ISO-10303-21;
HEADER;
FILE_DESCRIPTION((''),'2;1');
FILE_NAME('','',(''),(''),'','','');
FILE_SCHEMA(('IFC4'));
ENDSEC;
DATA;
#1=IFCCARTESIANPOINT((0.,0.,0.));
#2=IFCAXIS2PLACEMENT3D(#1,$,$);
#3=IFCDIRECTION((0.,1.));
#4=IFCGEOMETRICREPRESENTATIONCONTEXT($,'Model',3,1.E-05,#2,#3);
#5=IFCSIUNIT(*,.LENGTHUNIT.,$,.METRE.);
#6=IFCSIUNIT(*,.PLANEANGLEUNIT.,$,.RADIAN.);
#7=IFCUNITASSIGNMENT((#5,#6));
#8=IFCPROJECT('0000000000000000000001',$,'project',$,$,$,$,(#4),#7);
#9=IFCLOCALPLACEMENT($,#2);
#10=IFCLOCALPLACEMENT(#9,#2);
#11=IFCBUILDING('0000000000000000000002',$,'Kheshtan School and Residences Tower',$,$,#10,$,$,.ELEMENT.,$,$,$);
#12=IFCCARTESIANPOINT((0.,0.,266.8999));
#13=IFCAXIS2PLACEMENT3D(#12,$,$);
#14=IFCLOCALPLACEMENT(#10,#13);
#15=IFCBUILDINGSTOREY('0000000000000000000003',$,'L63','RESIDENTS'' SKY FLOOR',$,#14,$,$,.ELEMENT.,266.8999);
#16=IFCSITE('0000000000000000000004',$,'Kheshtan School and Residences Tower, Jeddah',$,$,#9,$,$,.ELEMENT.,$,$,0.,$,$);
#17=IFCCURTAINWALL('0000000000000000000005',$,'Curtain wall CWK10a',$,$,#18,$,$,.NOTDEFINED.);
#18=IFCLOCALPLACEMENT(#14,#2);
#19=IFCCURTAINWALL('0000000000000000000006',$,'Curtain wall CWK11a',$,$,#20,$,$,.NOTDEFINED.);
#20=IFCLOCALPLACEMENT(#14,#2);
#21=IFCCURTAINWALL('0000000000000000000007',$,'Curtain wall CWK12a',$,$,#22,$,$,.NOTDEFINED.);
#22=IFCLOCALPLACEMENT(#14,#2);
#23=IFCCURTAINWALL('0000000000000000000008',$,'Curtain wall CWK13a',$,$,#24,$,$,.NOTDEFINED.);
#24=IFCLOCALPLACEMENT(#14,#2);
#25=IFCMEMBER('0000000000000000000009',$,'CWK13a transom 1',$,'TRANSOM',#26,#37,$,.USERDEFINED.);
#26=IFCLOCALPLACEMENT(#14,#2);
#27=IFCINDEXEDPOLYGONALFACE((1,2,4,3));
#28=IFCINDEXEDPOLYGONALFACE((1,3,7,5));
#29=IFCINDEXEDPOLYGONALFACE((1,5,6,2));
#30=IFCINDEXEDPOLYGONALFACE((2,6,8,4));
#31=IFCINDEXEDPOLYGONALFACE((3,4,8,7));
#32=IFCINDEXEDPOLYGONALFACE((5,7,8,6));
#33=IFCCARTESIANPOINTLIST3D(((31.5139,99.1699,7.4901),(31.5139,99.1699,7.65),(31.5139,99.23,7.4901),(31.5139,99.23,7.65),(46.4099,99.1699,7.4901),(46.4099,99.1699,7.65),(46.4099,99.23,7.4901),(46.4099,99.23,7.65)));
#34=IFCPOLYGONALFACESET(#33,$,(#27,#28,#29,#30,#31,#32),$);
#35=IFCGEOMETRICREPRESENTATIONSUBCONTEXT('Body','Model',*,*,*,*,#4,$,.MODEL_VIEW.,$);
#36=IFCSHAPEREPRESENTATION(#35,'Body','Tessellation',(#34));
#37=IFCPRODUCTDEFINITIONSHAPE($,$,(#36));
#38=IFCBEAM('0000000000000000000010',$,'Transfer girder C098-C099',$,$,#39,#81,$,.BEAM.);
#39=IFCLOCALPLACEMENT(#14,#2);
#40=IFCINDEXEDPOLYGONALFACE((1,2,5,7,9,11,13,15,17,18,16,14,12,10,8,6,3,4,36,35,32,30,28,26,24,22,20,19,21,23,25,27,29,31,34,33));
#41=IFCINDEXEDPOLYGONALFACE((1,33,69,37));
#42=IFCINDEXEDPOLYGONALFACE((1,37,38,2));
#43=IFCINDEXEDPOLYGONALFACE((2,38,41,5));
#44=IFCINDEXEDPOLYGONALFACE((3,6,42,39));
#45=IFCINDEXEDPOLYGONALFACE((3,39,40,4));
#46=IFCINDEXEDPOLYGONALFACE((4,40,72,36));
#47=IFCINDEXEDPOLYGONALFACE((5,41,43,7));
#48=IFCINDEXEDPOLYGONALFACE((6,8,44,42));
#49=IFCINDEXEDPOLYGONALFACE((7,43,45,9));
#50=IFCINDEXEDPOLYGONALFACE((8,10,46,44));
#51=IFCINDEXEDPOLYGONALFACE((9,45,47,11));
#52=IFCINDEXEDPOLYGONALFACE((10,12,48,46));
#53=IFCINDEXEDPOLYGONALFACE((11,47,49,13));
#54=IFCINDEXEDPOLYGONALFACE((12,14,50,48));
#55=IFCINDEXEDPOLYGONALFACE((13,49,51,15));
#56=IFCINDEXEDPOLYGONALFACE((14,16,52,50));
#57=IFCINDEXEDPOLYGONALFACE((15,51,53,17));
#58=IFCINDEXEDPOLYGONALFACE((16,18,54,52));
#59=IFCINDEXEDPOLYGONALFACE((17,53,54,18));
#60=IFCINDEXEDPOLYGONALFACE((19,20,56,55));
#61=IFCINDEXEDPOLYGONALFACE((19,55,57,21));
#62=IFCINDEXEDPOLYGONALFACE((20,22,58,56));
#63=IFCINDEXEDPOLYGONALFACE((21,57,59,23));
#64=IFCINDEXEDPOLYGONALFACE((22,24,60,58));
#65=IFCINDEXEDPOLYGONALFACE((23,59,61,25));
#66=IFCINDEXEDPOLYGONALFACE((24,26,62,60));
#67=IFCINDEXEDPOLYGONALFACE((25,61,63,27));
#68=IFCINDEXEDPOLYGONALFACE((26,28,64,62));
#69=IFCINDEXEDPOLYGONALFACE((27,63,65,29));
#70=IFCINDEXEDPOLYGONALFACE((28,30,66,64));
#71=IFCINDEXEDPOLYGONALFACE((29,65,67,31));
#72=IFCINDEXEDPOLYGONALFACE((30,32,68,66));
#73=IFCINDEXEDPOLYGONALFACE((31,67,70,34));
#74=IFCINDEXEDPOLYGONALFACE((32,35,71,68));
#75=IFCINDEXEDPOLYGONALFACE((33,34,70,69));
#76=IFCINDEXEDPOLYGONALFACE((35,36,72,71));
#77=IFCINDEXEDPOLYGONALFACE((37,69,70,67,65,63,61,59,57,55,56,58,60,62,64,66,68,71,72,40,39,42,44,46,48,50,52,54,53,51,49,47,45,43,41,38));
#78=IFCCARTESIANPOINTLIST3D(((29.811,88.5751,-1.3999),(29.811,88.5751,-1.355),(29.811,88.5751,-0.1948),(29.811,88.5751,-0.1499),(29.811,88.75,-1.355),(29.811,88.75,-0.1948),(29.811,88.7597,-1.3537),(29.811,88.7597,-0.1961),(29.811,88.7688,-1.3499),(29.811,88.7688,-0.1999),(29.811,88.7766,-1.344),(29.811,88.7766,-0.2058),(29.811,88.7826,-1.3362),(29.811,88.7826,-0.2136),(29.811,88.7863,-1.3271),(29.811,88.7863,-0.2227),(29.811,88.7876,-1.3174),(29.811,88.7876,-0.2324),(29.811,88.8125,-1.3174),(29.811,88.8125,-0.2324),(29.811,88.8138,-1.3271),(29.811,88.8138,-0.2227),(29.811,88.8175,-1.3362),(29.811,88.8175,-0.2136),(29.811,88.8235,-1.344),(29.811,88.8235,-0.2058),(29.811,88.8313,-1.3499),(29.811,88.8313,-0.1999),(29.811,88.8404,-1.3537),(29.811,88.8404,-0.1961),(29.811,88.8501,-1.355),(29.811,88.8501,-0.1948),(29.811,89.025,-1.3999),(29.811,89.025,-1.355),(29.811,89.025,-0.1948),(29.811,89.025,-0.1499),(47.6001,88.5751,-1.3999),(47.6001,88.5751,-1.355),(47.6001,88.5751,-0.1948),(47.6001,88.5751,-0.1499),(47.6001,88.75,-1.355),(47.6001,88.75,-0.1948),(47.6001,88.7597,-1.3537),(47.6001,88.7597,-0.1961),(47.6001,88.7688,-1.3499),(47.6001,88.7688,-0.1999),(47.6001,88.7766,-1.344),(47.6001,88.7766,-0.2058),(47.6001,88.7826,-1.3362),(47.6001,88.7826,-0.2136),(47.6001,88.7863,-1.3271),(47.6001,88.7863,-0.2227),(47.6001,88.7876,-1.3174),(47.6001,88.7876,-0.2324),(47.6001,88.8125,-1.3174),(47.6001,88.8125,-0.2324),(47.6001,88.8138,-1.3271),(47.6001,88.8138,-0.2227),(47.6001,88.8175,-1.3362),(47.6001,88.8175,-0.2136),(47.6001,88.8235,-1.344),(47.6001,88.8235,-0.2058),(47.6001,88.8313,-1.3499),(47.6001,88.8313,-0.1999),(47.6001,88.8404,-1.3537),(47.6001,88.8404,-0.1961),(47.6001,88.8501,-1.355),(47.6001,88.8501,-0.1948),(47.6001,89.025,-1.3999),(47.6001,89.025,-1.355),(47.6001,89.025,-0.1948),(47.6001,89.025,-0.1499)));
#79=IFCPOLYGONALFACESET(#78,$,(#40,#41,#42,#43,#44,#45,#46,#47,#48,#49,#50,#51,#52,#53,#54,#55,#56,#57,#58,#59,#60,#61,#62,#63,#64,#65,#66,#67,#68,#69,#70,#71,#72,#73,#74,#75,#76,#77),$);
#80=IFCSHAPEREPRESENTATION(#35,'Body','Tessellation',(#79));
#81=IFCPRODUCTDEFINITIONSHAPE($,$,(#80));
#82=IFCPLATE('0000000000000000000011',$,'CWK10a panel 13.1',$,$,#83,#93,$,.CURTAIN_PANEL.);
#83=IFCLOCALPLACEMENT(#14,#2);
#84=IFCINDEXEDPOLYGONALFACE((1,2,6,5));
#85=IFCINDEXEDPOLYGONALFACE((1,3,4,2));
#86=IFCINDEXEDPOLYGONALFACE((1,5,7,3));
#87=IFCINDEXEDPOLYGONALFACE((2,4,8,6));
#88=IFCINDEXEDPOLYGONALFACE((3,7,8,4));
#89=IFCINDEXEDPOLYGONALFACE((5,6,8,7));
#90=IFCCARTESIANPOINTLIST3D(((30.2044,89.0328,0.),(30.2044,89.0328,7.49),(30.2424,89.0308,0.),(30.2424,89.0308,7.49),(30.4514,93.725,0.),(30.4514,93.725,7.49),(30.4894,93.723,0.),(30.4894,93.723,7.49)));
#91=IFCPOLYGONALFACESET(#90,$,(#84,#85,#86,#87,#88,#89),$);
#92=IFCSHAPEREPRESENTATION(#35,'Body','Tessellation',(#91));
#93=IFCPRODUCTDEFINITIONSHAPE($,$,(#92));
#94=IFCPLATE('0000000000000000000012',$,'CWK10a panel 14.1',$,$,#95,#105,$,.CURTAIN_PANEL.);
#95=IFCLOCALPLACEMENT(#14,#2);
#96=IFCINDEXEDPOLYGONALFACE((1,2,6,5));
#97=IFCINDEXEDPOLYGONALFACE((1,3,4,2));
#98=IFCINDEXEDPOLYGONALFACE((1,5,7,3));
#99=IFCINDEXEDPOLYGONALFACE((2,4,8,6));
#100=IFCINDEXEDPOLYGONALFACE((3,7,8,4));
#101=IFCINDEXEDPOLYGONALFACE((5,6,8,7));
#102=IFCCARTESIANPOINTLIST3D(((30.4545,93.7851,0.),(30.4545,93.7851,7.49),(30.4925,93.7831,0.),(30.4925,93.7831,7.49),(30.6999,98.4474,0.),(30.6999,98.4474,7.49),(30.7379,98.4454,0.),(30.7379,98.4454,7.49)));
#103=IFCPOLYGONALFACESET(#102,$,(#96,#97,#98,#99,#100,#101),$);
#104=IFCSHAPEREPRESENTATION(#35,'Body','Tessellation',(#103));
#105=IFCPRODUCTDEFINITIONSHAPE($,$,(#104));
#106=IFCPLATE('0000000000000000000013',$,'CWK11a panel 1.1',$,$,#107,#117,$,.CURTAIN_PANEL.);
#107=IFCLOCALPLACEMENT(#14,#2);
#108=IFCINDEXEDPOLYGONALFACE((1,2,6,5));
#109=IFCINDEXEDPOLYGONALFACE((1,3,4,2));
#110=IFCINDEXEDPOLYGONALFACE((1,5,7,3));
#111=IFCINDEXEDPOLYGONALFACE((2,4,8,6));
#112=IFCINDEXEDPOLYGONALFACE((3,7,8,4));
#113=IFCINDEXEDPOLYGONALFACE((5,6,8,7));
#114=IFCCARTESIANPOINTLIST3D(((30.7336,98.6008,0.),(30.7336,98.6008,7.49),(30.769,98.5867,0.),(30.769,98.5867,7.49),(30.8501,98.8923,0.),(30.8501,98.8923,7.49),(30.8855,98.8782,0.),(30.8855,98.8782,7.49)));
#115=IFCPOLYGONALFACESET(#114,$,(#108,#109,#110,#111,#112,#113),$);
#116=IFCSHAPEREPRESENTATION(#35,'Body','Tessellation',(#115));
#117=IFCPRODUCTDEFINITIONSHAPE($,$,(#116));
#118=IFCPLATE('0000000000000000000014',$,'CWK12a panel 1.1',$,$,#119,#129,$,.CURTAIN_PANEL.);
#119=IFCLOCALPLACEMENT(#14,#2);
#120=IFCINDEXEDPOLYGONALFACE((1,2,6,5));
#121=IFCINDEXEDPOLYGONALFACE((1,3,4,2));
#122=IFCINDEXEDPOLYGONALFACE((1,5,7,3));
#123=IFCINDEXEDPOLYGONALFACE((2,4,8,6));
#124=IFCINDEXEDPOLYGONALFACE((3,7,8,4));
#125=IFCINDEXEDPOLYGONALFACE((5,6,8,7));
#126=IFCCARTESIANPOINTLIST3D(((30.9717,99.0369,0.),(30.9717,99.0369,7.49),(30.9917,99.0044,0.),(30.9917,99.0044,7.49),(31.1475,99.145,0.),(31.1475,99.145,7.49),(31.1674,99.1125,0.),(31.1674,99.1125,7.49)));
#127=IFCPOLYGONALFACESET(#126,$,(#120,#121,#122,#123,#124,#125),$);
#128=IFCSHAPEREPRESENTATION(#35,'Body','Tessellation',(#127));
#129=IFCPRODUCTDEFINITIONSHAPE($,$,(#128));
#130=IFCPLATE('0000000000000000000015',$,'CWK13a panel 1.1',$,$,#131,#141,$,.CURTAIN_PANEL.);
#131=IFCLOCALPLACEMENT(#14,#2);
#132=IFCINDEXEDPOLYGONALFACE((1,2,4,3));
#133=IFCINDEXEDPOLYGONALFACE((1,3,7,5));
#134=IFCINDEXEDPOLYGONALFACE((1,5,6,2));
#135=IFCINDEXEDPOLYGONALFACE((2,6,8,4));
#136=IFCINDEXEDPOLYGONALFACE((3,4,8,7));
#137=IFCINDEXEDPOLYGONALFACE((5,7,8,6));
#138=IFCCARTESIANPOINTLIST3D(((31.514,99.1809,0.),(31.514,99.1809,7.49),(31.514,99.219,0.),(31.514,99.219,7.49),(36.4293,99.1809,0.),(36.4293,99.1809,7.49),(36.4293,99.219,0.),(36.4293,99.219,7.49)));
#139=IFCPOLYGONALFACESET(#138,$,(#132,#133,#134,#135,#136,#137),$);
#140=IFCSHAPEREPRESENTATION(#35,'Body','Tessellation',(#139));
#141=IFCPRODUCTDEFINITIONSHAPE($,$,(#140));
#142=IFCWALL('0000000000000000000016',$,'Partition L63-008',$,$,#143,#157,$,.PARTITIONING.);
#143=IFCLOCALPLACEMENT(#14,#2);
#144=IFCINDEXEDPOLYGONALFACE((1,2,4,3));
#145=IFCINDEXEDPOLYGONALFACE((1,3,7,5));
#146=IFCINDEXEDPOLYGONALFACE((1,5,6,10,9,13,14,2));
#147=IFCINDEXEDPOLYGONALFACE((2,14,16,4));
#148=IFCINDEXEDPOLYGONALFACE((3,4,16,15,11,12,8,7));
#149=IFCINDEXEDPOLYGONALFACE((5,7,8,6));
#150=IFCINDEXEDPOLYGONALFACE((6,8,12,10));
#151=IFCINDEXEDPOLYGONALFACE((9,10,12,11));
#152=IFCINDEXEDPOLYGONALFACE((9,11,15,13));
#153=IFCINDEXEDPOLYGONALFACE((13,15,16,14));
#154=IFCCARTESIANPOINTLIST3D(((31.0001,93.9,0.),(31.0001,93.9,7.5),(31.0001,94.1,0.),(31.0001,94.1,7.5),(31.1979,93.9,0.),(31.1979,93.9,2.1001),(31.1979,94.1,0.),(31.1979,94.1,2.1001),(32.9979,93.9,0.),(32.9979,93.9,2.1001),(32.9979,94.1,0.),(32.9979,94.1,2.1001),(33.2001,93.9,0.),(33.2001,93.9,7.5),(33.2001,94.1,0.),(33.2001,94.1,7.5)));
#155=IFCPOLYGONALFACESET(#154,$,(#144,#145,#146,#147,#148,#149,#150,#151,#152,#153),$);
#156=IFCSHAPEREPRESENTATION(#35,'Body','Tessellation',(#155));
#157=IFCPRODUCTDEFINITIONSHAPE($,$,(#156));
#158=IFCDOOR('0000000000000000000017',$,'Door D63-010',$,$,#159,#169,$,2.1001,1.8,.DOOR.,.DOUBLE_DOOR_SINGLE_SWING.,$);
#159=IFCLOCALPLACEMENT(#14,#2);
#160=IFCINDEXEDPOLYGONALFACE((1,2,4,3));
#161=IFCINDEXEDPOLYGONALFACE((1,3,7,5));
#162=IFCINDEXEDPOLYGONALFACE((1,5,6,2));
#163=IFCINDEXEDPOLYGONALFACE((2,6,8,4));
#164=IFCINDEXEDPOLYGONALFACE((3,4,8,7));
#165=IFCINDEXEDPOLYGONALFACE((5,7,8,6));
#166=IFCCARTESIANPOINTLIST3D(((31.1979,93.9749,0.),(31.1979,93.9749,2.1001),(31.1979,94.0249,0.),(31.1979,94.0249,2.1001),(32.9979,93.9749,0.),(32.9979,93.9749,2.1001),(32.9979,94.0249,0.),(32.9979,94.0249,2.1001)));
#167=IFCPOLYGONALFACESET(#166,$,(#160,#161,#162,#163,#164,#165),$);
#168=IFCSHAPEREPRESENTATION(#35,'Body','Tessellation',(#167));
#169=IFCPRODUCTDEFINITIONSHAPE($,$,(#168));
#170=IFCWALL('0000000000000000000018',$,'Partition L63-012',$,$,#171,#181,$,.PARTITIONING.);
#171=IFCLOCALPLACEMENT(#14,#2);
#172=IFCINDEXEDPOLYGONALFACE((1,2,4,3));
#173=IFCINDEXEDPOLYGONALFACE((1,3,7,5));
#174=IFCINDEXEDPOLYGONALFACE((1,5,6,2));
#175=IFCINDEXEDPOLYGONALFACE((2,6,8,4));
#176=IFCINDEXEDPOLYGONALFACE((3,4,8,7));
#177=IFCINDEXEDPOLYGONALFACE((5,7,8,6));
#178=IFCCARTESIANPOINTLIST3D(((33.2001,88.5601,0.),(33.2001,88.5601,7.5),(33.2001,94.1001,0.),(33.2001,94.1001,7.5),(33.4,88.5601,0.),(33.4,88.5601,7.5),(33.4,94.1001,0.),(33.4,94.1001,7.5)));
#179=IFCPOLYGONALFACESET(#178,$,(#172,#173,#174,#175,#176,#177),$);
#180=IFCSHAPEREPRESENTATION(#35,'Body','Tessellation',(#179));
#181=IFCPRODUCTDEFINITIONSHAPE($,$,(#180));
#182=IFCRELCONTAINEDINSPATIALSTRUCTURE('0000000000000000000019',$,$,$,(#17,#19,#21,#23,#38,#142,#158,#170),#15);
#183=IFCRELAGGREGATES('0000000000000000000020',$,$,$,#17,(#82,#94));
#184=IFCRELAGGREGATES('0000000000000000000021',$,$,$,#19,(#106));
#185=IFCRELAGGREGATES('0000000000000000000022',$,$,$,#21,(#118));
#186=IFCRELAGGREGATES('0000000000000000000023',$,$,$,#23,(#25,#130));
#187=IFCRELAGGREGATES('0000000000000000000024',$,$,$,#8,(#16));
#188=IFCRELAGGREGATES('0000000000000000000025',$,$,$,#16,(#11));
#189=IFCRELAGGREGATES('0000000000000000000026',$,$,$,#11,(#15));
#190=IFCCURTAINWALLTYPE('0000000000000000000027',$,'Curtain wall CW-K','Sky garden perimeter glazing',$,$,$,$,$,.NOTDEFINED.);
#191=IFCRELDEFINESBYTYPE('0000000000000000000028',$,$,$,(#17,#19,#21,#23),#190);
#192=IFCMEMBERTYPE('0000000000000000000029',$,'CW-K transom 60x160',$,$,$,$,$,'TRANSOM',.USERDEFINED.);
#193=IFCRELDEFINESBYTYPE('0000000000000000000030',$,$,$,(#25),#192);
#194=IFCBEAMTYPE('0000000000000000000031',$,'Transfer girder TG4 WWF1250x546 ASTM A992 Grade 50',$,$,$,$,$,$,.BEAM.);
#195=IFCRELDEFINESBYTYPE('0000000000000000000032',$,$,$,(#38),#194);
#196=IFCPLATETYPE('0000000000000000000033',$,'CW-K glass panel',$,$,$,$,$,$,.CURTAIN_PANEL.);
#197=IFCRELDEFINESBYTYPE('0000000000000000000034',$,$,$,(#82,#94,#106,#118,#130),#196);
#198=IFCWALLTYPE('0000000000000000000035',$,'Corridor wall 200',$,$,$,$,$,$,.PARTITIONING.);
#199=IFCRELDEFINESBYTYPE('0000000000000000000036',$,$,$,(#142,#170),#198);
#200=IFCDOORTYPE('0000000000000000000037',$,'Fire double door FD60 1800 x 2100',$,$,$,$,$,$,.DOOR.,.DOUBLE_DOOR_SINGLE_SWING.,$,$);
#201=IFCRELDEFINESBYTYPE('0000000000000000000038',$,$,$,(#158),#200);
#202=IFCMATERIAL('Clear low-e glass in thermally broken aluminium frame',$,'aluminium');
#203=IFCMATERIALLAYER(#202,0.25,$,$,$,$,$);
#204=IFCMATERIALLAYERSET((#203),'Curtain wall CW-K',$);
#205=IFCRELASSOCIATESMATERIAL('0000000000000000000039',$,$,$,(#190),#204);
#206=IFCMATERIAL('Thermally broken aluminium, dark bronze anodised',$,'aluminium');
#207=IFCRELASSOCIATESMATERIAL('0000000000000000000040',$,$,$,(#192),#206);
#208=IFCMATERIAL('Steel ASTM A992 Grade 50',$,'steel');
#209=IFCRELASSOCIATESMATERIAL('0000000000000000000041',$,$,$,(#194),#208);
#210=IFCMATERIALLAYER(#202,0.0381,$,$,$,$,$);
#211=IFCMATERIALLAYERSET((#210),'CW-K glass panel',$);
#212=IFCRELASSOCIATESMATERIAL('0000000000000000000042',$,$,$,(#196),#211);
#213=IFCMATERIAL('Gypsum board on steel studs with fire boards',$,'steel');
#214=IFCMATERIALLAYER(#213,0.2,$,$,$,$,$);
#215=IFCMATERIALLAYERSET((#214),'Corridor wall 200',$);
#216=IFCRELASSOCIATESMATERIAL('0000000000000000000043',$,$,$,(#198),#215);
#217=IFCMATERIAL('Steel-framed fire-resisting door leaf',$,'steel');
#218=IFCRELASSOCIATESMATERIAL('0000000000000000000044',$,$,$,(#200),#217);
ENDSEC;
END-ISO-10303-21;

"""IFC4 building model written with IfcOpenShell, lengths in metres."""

from ifc_helpers import new_model, si_unit, direction, frame, frame_2d, origin, origin_2d, place, context, subcontext, project, spatial, rectangle, i_section, extrude, source, transform, mapped, material, layer, layer_set, material_profile, profile_set, type_object, element, fill, aggregate, save


model = new_model("IFC4")

# Units and contexts
model_context = context("Model", 3, precision=1e-05, world=origin(), true_north=direction((0.0, 1.0)))
body_context = subcontext(model_context, "Body", "Model", "MODEL_VIEW")
ifc_project = project(units=[si_unit("LENGTHUNIT", "METRE"), si_unit("PLANEANGLEUNIT", "RADIAN")], contexts=[model_context])

# Site, building, storey
site_placement = place(None, origin())
site = spatial("IfcSite", under=ifc_project, at=site_placement, Name="Kheshtan School and Residences Tower, Jeddah", CompositionType="ELEMENT", RefElevation=0.0)
building_placement = place(site_placement, origin())
building = spatial("IfcBuilding", under=site, at=building_placement, Name="Kheshtan School and Residences Tower", CompositionType="ELEMENT")
storey_placement = place(building_placement, frame((0.0, 0.0, 266.8999)))
storey = spatial("IfcBuildingStorey", under=building, at=storey_placement, Name="L63", Description="RESIDENTS' SKY FLOOR", CompositionType="ELEMENT", Elevation=266.8999)

# Shared definitions
ifc_material_1 = material(Name="Steel ASTM A992 Grade 50", Category="steel")

# Curtain walls
ifc_material_2 = material(Name="Clear low-e glass in thermally broken aluminium frame", Category="aluminium")
ifc_layer_1 = layer(ifc_material_2, 0.25)
ifc_layer_set_1 = layer_set([ifc_layer_1], Name="Curtain wall CW-K")
curtain_wall_type = type_object("IfcCurtainWallType", Name="Curtain wall CW-K", Description="Sky garden perimeter glazing", PredefinedType="NOTDEFINED", material=ifc_layer_set_1)
curtain_wall_1_placement = place(storey_placement, origin())
curtain_wall_1 = element("IfcCurtainWall", 1, at=curtain_wall_1_placement, inside=storey, type_object=curtain_wall_type, Name="Curtain wall CWK10a", PredefinedType="NOTDEFINED")
ifc_material_3 = material(Name="Thermally broken aluminium, dark bronze anodised", Category="aluminium")
curtain_wall_2_placement = place(storey_placement, origin())
curtain_wall_2 = element("IfcCurtainWall", 2, at=curtain_wall_2_placement, inside=storey, type_object=curtain_wall_type, Name="Curtain wall CWK11a", PredefinedType="NOTDEFINED")
curtain_wall_3_placement = place(storey_placement, origin())
curtain_wall_3 = element("IfcCurtainWall", 3, at=curtain_wall_3_placement, inside=storey, type_object=curtain_wall_type, Name="Curtain wall CWK12a", PredefinedType="NOTDEFINED")
curtain_wall_4_placement = place(storey_placement, origin())
curtain_wall_4 = element("IfcCurtainWall", 4, at=curtain_wall_4_placement, inside=storey, type_object=curtain_wall_type, Name="Curtain wall CWK13a", PredefinedType="NOTDEFINED")

# Member
ifc_material_profile_1 = material_profile(ifc_material_3, rectangle(XDim=0.0601, YDim=0.1599, at=origin_2d()), Name="CW-K transom 60x160")
ifc_profile_set_1 = profile_set([ifc_material_profile_1], Name="Thermally broken aluminium, dark bronze anodised")
member_type_1 = type_object("IfcMemberType", Name="CW-K transom 60x160", ElementType="TRANSOM", PredefinedType="USERDEFINED", material=ifc_profile_set_1)
member_1_placement = place(storey_placement, frame((31.5139, 99.2, 7.5701), z_axis=(1.0, 0.0, 0.0), x_axis=(0.0, 1.0, 0.0)))
member_1 = element("IfcMember", 5, at=member_1_placement, type_object=member_type_1, Name="CWK13a transom 1", ObjectType="TRANSOM", PredefinedType="USERDEFINED", context=body_context, shape_type="SweptSolid", body=[
    extrude(rectangle(XDim=0.0601, YDim=0.1599, at=origin_2d()), origin(), (0.0, 0.0, 1.0), 14.896),
])

# Beam
ifc_material_profile_2 = material_profile(ifc_material_1, i_section(OverallWidth=0.45, OverallDepth=1.25, WebThickness=0.0249, FlangeThickness=0.0449, FilletRadius=0.0376, at=origin_2d()), Name="WWF1250x546")
ifc_profile_set_2 = profile_set([ifc_material_profile_2], Name="Steel ASTM A992 Grade 50")
beam_type = type_object("IfcBeamType", Name="Transfer girder TG4 WWF1250x546 ASTM A992 Grade 50", PredefinedType="BEAM", material=ifc_profile_set_2)
beam_placement = place(storey_placement, frame((29.811, 88.8, -0.7749), z_axis=(1.0, 0.0, 0.0), x_axis=(0.0, 1.0, 0.0)))
element("IfcBeam", 6, at=beam_placement, inside=storey, type_object=beam_type, Name="Transfer girder C098-C099", PredefinedType="BEAM", context=body_context, shape_type="SweptSolid", body=[
    extrude(i_section(OverallWidth=0.45, OverallDepth=1.25, WebThickness=0.0249, FlangeThickness=0.0449, FilletRadius=0.0376, at=origin_2d()), origin(), (0.0, 0.0, 1.0), 17.7891),
])

# Plates
ifc_layer_2 = layer(ifc_material_2, 0.0381)
ifc_layer_set_2 = layer_set([ifc_layer_2], Name="CW-K glass panel")
plate_type = type_object("IfcPlateType", Name="CW-K glass panel", PredefinedType="CURTAIN_PANEL", material=ifc_layer_set_2)
plate_1_placement = place(storey_placement, frame((30.3469, 91.3779, 0.0), z_axis=(0.0, 0.0, 1.0), x_axis=(0.052565, 0.998617, 0.0)))
plate_1 = element("IfcPlate", 7, at=plate_1_placement, type_object=plate_type, Name="CWK10a panel 13.1", PredefinedType="CURTAIN_PANEL", context=body_context, shape_type="SweptSolid", body=[
    extrude(rectangle(XDim=4.6987, YDim=0.0381, at=origin_2d()), origin(), (0.0, 0.0, 1.0), 7.49),
])
plate_2_placement = place(storey_placement, frame((30.5962, 96.1152, 0.0), z_axis=(0.0, 0.0, 1.0), x_axis=(0.052565, 0.998617, 0.0)))
plate_2 = element("IfcPlate", 8, at=plate_2_placement, type_object=plate_type, Name="CWK10a panel 14.1", PredefinedType="CURTAIN_PANEL", context=body_context, shape_type="SweptSolid", body=[
    extrude(rectangle(XDim=4.6687, YDim=0.0381, at=origin_2d()), origin(), (0.0, 0.0, 1.0), 7.49),
])
aggregate(curtain_wall_1, [plate_1, plate_2])
plate_3_placement = place(storey_placement, frame((30.8096, 98.7395, 0.0), z_axis=(0.0, 0.0, 1.0), x_axis=(0.370993, 0.928636, 0.0)))
plate_3 = element("IfcPlate", 9, at=plate_3_placement, type_object=plate_type, Name="CWK11a panel 1.1", PredefinedType="CURTAIN_PANEL", context=body_context, shape_type="SweptSolid", body=[
    extrude(rectangle(XDim=0.314, YDim=0.0381, at=origin_2d()), origin(), (0.0, 0.0, 1.0), 7.49),
])
aggregate(curtain_wall_2, [plate_3])
plate_4_placement = place(storey_placement, frame((31.0696, 99.0747, 0.0), z_axis=(0.0, 0.0, 1.0), x_axis=(0.851763, 0.523926, 0.0)))
plate_4 = element("IfcPlate", 10, at=plate_4_placement, type_object=plate_type, Name="CWK12a panel 1.1", PredefinedType="CURTAIN_PANEL", context=body_context, shape_type="SweptSolid", body=[
    extrude(rectangle(XDim=0.2063, YDim=0.0381, at=origin_2d()), origin(), (0.0, 0.0, 1.0), 7.49),
])
aggregate(curtain_wall_3, [plate_4])
plate_5_placement = place(storey_placement, frame((33.9717, 99.2, 0.0), z_axis=(0.0, 0.0, 1.0), x_axis=(1.0, 0.0, 0.0)))
plate_5 = element("IfcPlate", 11, at=plate_5_placement, type_object=plate_type, Name="CWK13a panel 1.1", PredefinedType="CURTAIN_PANEL", context=body_context, shape_type="SweptSolid", body=[
    extrude(rectangle(XDim=4.9153, YDim=0.0381, at=origin_2d()), origin(), (0.0, 0.0, 1.0), 7.49),
])
aggregate(curtain_wall_4, [member_1, plate_5])

# Shared definitions
ifc_material_4 = material(Name="Gypsum board on steel studs with fire boards", Category="steel")
ifc_layer_3 = layer(ifc_material_4, 0.2)
ifc_layer_set_3 = layer_set([ifc_layer_3], Name="Corridor wall 200")
wall_type_1 = type_object("IfcWallType", Name="Corridor wall 200", PredefinedType="PARTITIONING", material=ifc_layer_set_3)

# Wall, opening, door
wall_1_placement = place(storey_placement, frame((31.0, 94.0, 0.0), z_axis=(0.0, 0.0, 1.0), x_axis=(1.0, 0.0, 0.0)))
wall_1 = element("IfcWall", 12, at=wall_1_placement, inside=storey, type_object=wall_type_1, Name="Partition L63-008", PredefinedType="PARTITIONING", context=body_context, shape_type="SweptSolid", body=[
    extrude(rectangle(XDim=2.2, YDim=0.2, at=frame_2d((1.1001, 0.0))), origin(), (0.0, 0.0, 1.0), 7.5),
])
opening_1_placement = place(wall_1_placement, frame((0.198, 0.0, 0.0)))
opening_1 = element("IfcOpeningElement", 13, at=opening_1_placement, cuts=wall_1, PredefinedType="OPENING", context=body_context, shape_type="SweptSolid", body=[
    extrude(rectangle(XDim=1.8, YDim=2.1001, at=frame_2d((0.8999, 1.05))), frame((0.0, 0.1099, 0.0), z_axis=(0.0, -1.0, 0.0), x_axis=(1.0, 0.0, 0.0)), (0.0, 0.0, 1.0), 0.22),
])
ifc_material_5 = material(Name="Steel-framed fire-resisting door leaf", Category="steel")
door_type_1 = type_object("IfcDoorType", Name="Fire double door FD60 1800 x 2100", OperationType="DOUBLE_DOOR_SINGLE_SWING", PredefinedType="DOOR", material=ifc_material_5)
shared_shape_1 = source(origin(), body_context, "Body", "SweptSolid", [
    extrude(rectangle(XDim=1.8, YDim=2.1001, at=frame_2d((0.8999, 1.05))), frame((0.0, 0.0249, 0.0), z_axis=(0.0, -1.0, 0.0), x_axis=(1.0, 0.0, 0.0)), (0.0, 0.0, 1.0), 0.05),
])
door_1_placement = place(opening_1_placement, origin())
door_1 = element("IfcDoor", 14, at=door_1_placement, inside=storey, type_object=door_type_1, Name="Door D63-010", OperationType="DOUBLE_DOOR_SINGLE_SWING", OverallHeight=2.1001, OverallWidth=1.8, PredefinedType="DOOR", context=body_context, shape_type="MappedRepresentation", body=[
    mapped(shared_shape_1, transform((0.0, 0.0, 0.0), x_axis=(1.0, 0.0, 0.0), y_axis=(0.0, 1.0, 0.0), z_axis=(0.0, 0.0, 1.0), scale=1.0)),
])
fill(opening_1, door_1)

# Wall
wall_2_placement = place(storey_placement, frame((33.3, 88.5601, 0.0), z_axis=(0.0, 0.0, 1.0), x_axis=(0.0, 1.0, 0.0)))
element("IfcWall", 15, at=wall_2_placement, inside=storey, type_object=wall_type_1, Name="Partition L63-012", PredefinedType="PARTITIONING", context=body_context, shape_type="SweptSolid", body=[
    extrude(rectangle(XDim=5.54, YDim=0.2, at=frame_2d((2.77, 0.0))), origin(), (0.0, 0.0, 1.0), 7.5),
])

save(model, "model.ifc")
